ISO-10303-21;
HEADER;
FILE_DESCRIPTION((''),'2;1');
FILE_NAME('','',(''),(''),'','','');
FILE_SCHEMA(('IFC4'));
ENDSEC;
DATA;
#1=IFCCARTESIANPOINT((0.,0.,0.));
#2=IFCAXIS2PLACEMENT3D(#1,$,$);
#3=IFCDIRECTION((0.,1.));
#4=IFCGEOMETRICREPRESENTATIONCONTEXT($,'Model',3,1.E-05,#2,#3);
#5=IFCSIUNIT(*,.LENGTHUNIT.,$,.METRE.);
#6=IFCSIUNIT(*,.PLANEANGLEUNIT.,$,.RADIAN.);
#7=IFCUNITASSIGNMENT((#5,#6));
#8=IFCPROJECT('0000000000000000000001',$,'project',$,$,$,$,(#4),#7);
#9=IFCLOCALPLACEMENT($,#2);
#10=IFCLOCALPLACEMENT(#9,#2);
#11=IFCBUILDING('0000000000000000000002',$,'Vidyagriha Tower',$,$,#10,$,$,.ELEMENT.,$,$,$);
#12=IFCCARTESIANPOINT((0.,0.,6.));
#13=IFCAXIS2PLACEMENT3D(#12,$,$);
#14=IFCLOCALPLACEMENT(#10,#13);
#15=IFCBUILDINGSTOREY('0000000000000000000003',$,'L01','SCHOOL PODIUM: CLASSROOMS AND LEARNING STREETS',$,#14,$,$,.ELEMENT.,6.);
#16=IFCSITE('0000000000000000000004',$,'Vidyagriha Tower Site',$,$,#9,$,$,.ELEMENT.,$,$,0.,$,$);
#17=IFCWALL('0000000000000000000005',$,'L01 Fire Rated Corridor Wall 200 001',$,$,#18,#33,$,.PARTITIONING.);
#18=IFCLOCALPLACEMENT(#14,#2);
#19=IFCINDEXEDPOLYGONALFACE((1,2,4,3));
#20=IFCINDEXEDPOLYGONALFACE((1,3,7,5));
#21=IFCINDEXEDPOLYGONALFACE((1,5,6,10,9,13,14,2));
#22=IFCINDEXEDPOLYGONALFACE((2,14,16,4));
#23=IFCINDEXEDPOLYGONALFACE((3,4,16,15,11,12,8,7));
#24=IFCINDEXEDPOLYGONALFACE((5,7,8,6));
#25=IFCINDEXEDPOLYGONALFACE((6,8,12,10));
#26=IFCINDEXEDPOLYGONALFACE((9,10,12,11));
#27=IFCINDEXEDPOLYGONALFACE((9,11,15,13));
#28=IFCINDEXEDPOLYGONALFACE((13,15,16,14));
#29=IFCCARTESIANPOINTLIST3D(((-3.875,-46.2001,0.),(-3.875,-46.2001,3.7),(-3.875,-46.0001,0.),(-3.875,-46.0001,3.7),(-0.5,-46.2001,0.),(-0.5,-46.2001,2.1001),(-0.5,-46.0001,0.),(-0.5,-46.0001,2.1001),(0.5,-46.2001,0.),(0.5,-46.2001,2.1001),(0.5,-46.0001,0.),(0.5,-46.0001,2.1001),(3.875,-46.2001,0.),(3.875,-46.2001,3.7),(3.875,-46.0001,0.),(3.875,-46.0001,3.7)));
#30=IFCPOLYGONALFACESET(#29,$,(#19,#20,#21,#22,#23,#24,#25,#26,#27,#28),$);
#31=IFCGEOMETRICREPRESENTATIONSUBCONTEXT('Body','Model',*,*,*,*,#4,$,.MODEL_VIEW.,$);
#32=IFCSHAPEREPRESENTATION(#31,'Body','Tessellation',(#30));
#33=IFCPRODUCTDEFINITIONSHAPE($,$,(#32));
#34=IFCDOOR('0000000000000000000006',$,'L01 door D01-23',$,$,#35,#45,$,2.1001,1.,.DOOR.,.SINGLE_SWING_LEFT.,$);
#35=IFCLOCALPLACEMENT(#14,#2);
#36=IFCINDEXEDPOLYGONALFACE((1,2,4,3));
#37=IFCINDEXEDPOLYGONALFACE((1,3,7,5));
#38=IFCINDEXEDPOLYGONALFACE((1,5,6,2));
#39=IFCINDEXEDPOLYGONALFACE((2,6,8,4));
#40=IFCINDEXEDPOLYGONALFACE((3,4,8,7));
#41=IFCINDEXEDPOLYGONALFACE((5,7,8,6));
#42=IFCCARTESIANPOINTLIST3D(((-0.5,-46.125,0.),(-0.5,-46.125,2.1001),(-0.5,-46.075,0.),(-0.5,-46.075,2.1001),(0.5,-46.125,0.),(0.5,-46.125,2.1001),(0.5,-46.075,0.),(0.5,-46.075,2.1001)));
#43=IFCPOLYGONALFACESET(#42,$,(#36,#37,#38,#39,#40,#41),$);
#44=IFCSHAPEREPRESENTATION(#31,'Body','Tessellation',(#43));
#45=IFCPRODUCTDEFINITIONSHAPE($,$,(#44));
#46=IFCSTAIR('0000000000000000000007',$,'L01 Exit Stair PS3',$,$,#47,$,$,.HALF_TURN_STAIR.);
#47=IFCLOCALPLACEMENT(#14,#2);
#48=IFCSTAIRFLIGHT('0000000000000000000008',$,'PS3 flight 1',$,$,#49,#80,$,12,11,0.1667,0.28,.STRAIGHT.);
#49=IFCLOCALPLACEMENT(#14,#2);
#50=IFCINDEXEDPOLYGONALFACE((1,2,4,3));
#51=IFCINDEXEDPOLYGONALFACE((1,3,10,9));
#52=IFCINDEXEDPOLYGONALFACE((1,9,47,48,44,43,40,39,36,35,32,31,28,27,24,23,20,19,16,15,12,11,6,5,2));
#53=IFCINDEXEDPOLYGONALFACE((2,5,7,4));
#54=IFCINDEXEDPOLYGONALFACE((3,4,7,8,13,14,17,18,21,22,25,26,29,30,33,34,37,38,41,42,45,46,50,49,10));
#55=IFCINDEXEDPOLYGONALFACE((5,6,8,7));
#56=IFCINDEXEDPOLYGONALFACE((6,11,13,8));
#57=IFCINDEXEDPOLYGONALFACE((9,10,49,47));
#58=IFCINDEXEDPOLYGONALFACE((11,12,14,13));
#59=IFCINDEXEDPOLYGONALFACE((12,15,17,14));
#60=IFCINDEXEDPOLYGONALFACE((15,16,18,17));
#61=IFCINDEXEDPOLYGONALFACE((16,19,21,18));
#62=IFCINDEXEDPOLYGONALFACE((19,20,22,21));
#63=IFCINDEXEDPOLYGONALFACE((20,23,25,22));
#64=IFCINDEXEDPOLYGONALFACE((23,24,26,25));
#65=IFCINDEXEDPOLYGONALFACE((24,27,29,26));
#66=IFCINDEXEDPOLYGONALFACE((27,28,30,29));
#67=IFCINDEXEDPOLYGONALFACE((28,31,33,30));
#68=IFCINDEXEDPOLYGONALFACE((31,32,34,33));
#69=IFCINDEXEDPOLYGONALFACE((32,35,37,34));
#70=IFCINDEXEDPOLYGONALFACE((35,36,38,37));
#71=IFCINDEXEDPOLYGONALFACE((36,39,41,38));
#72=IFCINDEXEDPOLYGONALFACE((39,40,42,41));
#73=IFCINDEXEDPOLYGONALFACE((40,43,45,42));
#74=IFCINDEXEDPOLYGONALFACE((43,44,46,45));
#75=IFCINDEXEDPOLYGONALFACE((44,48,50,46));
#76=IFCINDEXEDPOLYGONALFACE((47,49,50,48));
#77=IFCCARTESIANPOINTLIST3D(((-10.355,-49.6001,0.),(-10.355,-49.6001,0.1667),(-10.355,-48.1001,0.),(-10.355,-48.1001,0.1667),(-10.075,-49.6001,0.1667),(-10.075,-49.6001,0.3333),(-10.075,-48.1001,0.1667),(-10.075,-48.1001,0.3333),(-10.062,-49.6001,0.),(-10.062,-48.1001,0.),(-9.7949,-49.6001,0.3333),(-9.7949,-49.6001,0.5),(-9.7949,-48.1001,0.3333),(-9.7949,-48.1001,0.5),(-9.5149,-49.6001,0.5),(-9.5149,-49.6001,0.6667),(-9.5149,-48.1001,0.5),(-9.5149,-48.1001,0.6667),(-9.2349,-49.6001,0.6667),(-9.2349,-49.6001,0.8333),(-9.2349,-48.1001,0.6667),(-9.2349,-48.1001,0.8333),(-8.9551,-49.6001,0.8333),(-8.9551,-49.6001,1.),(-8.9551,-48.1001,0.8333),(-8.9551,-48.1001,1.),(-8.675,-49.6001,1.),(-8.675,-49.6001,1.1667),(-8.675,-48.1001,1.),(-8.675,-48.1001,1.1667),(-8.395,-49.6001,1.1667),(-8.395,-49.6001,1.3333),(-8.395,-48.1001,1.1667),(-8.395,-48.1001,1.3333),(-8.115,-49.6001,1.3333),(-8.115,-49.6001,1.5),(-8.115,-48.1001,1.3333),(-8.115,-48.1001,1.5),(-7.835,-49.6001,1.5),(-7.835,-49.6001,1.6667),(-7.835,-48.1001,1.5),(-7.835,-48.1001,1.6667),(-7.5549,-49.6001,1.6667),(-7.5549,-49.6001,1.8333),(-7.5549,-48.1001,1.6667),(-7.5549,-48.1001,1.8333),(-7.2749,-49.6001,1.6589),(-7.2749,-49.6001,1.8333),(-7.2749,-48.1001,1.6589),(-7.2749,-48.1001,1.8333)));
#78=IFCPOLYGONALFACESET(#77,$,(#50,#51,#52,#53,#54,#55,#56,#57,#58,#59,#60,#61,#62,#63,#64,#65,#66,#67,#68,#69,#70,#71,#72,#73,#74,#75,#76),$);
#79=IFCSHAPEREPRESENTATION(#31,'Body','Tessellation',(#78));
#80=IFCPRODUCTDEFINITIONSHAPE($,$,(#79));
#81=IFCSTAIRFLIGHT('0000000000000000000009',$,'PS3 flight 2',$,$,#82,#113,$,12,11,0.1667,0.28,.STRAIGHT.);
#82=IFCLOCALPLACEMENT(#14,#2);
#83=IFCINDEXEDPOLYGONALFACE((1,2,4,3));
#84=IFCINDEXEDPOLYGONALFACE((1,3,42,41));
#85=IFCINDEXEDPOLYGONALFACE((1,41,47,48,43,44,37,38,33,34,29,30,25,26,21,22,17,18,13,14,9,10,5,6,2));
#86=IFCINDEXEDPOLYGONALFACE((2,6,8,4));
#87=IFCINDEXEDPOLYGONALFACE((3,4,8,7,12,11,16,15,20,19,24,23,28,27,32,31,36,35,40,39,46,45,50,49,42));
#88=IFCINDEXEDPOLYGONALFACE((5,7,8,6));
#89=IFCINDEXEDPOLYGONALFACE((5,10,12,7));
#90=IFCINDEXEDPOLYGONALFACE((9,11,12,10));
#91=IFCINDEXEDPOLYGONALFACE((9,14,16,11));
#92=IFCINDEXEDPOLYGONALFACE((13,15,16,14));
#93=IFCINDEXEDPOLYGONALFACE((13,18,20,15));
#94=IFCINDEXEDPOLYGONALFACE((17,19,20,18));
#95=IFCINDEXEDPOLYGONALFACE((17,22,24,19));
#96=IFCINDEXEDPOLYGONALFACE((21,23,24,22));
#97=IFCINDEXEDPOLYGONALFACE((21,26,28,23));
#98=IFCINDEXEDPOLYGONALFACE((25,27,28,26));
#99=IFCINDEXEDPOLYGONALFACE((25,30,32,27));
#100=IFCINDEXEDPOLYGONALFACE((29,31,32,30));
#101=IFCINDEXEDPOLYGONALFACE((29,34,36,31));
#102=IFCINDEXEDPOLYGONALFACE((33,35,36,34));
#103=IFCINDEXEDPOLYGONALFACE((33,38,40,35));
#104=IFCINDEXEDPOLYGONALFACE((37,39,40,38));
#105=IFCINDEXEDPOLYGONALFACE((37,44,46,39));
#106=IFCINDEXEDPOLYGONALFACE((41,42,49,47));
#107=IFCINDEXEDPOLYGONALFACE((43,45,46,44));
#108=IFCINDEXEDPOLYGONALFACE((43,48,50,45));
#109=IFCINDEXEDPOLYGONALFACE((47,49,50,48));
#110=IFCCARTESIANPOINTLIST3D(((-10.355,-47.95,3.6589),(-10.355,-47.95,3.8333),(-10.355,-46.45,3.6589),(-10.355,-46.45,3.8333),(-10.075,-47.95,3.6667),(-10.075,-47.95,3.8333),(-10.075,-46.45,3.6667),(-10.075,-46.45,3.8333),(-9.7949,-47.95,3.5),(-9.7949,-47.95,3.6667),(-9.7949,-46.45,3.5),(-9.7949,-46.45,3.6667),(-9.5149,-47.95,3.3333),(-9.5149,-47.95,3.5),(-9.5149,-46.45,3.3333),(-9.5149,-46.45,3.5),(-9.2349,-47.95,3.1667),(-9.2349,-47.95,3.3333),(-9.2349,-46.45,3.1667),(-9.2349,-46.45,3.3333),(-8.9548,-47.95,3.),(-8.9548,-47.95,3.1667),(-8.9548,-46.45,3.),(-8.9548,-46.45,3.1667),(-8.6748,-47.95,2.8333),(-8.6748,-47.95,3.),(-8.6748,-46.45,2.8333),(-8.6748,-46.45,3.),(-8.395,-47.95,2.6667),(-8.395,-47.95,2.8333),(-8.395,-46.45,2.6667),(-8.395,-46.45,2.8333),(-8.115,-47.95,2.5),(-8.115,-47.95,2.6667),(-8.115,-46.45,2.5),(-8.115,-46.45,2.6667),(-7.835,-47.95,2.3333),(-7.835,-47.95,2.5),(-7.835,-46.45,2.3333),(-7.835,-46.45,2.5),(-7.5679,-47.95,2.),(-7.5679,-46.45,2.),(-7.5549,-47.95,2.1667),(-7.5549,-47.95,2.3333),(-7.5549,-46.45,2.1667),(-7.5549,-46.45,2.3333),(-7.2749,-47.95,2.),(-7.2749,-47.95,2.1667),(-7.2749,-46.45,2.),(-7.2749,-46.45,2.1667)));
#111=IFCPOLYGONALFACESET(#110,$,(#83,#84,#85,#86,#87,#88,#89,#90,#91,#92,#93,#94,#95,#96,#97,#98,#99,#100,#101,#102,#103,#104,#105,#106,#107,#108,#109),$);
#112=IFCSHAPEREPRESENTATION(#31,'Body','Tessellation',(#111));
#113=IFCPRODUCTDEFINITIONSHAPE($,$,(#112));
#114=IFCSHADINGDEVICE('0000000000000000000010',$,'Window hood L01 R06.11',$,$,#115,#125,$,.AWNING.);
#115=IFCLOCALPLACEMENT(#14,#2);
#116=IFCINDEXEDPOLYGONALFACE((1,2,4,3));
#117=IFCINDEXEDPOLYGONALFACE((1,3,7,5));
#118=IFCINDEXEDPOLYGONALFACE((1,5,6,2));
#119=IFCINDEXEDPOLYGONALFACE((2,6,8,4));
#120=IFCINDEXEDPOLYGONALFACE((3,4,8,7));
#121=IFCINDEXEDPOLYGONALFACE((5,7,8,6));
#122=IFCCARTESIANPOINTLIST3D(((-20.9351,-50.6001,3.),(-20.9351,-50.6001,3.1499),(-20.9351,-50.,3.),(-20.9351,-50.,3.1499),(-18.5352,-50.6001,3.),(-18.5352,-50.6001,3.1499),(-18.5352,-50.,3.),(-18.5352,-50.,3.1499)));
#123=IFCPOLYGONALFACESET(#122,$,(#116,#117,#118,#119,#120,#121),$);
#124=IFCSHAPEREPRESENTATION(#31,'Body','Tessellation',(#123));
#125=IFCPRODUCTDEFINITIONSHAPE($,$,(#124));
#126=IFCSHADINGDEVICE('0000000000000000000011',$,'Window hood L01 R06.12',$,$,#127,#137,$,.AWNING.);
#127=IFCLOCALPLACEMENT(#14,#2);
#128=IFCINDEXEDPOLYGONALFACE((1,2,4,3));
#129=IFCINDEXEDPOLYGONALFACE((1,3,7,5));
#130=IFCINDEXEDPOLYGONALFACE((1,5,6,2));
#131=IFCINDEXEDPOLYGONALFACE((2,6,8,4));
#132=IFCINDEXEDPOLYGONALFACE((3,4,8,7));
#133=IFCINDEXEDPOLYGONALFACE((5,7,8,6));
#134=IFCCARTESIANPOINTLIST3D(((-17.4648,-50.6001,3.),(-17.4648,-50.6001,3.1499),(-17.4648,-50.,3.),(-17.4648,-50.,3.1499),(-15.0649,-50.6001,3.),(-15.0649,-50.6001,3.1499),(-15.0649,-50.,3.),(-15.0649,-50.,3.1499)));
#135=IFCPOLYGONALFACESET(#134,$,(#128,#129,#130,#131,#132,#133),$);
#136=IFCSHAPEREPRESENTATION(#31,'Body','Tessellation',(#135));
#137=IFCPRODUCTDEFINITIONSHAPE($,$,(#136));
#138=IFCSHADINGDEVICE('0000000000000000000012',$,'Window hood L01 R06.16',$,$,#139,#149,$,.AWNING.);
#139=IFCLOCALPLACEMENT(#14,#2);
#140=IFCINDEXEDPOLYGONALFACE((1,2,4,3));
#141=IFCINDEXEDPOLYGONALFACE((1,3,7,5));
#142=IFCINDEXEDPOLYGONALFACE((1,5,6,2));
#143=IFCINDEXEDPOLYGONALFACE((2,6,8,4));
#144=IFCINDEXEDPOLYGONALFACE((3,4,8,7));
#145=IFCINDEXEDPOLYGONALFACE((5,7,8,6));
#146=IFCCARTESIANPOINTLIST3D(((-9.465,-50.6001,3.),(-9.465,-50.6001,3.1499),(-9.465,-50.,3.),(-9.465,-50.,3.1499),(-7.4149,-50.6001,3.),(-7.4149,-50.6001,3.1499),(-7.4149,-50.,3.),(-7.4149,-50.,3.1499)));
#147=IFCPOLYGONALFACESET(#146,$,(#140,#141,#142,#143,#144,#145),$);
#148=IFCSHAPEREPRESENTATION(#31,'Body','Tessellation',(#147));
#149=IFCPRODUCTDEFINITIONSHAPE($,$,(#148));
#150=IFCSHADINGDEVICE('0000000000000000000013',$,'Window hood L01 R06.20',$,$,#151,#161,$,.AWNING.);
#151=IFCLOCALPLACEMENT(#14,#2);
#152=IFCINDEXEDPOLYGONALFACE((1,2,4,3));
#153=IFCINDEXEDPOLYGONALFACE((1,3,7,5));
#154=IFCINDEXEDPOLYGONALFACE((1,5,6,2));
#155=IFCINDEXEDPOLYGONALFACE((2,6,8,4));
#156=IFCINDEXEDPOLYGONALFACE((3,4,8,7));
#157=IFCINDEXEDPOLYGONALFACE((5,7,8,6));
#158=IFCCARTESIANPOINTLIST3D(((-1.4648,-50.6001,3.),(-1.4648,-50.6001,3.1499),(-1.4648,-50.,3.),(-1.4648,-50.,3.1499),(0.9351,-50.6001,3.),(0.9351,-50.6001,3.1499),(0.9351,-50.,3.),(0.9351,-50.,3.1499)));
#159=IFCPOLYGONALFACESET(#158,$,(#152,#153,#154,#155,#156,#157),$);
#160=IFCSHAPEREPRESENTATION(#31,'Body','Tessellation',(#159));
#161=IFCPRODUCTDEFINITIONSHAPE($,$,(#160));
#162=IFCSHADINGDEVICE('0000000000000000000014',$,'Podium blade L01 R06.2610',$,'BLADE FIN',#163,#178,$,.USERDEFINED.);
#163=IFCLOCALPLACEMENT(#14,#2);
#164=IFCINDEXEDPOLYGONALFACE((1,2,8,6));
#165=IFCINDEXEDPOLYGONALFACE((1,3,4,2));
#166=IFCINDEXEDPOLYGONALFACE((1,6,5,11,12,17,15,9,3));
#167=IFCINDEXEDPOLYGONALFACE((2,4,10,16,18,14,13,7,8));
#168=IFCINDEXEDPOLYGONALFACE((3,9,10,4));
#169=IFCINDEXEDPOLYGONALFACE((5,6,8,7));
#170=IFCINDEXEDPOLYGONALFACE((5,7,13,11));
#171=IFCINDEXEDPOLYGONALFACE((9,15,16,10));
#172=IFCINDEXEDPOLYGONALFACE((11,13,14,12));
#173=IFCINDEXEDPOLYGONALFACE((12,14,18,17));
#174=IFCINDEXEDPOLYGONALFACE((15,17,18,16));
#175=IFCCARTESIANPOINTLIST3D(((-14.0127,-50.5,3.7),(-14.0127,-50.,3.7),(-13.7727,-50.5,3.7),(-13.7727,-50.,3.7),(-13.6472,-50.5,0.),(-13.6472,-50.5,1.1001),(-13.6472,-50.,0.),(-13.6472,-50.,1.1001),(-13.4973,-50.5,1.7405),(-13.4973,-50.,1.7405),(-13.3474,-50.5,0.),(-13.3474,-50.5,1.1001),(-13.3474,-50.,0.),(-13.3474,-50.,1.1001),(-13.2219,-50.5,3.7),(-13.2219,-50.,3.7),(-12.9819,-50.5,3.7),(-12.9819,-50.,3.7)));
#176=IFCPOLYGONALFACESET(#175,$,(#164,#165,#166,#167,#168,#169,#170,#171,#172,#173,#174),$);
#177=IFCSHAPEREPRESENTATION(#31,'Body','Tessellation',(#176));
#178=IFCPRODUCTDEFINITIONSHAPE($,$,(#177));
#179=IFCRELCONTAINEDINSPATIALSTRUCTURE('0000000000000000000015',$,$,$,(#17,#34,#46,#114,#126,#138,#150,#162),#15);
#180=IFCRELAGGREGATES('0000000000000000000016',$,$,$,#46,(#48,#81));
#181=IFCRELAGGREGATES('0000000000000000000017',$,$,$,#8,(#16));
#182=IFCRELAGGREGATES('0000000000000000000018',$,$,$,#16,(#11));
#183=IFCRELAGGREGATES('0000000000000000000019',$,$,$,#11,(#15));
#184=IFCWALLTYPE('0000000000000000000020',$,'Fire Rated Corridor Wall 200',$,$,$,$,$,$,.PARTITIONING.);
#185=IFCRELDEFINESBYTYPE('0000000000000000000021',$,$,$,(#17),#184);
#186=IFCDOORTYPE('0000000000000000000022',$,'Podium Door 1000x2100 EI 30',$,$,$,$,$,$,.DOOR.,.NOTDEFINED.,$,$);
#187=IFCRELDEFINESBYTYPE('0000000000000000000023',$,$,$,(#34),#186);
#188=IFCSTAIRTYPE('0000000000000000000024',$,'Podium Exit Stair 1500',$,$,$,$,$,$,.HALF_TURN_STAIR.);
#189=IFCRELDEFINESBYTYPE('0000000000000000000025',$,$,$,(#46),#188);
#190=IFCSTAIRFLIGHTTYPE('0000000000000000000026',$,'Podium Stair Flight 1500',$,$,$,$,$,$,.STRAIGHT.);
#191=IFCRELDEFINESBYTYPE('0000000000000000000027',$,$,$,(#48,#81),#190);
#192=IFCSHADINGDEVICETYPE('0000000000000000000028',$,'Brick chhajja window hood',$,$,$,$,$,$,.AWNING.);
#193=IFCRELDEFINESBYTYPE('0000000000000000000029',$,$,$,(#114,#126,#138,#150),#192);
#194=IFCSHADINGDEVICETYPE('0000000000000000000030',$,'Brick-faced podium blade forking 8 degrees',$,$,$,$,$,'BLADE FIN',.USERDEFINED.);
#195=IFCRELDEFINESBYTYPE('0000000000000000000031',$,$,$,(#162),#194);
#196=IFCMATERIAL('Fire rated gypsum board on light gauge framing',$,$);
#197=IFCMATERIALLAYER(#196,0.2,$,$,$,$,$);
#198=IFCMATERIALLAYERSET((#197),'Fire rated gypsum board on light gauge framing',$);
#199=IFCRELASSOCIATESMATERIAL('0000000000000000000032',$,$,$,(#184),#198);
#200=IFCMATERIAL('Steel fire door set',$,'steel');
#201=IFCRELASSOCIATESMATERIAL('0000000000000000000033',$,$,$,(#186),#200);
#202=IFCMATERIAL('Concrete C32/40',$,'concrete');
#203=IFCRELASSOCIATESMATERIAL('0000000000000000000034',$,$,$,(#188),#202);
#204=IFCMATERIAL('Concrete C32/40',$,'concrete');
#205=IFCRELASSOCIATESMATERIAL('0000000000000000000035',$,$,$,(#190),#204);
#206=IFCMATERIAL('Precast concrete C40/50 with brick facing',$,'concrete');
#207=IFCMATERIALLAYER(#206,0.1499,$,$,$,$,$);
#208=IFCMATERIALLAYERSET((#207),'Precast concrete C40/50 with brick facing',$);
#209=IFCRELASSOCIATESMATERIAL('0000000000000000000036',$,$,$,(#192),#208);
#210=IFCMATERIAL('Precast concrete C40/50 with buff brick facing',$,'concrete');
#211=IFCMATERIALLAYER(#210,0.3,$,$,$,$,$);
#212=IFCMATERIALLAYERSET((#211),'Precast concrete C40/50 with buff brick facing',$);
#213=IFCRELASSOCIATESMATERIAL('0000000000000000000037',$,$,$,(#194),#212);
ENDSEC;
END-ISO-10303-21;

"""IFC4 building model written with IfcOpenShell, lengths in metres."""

from ifc_helpers import new_model, si_unit, direction, frame, frame_2d, origin, origin_2d, place, context, subcontext, project, spatial, polyline, rectangle, outline, extrude, material, layer, layer_set, type_object, element, fill, aggregate, save


model = new_model("IFC4")

# Units and contexts
model_context = context("Model", 3, precision=1e-05, world=origin(), true_north=direction((0.0, 1.0)))
body_context = subcontext(model_context, "Body", "Model", "MODEL_VIEW")
ifc_project = project(units=[si_unit("LENGTHUNIT", "METRE"), si_unit("PLANEANGLEUNIT", "RADIAN")], contexts=[model_context])

# Site, building, storey
site_placement = place(None, origin())
site = spatial("IfcSite", under=ifc_project, at=site_placement, Name="Vidyagriha Tower Site", CompositionType="ELEMENT", RefElevation=0.0)
building_placement = place(site_placement, origin())
building = spatial("IfcBuilding", under=site, at=building_placement, Name="Vidyagriha Tower", CompositionType="ELEMENT")
storey_placement = place(building_placement, frame((0.0, 0.0, 6.0)))
storey = spatial("IfcBuildingStorey", under=building, at=storey_placement, Name="L01", Description="SCHOOL PODIUM: CLASSROOMS AND LEARNING STREETS", CompositionType="ELEMENT", Elevation=6.0)

# Wall, opening, door
ifc_material_1 = material(Name="Fire rated gypsum board on light gauge framing")
ifc_layer_1 = layer(ifc_material_1, 0.2)
ifc_layer_set_1 = layer_set([ifc_layer_1], Name="Fire rated gypsum board on light gauge framing")
wall_type_1 = type_object("IfcWallType", Name="Fire Rated Corridor Wall 200", PredefinedType="PARTITIONING", material=ifc_layer_set_1)
wall_1_placement = place(storey_placement, frame((-3.875, -46.1001, 0.0)))
wall_1 = element("IfcWall", 1, at=wall_1_placement, inside=storey, type_object=wall_type_1, Name="L01 Fire Rated Corridor Wall 200 001", PredefinedType="PARTITIONING", context=body_context, shape_type="SweptSolid", body=[
    extrude(rectangle(XDim=7.75, YDim=0.2, at=frame_2d((3.875, 0.0))), origin(), (0.0, 0.0, 1.0), 3.7),
])
opening_1_placement = place(wall_1_placement, frame((3.375, 0.0, 0.0)))
opening_1 = element("IfcOpeningElement", 2, at=opening_1_placement, cuts=wall_1, PredefinedType="OPENING", context=body_context, shape_type="SweptSolid", body=[
    extrude(rectangle(XDim=1.0, YDim=2.1001, at=frame_2d((0.5, 1.05))), frame((0.0, 0.1099, 0.0), z_axis=(0.0, -1.0, 0.0), x_axis=(1.0, 0.0, 0.0)), (0.0, 0.0, 1.0), 0.22),
])
ifc_material_2 = material(Name="Steel fire door set", Category="steel")
door_type_1 = type_object("IfcDoorType", Name="Podium Door 1000x2100 EI 30", OperationType="NOTDEFINED", PredefinedType="DOOR", material=ifc_material_2)
door_1_placement = place(opening_1_placement, frame((1.0, 0.0, 0.0), z_axis=(0.0, 0.0, 1.0), x_axis=(-1.0, 0.0, 0.0)))
door_1 = element("IfcDoor", 3, at=door_1_placement, inside=storey, type_object=door_type_1, Name="L01 door D01-23", OperationType="SINGLE_SWING_LEFT", OverallHeight=2.1001, OverallWidth=1.0, PredefinedType="DOOR", context=body_context, shape_type="SweptSolid", body=[
    extrude(rectangle(XDim=1.0, YDim=2.1001, at=frame_2d((0.5, 1.05))), frame((0.0, 0.0249, 0.0), z_axis=(0.0, -1.0, 0.0), x_axis=(1.0, 0.0, 0.0)), (0.0, 0.0, 1.0), 0.05),
])
fill(opening_1, door_1)

# Stair, stair flights
ifc_material_3 = material(Name="Concrete C32/40", Category="concrete")
stair_type = type_object("IfcStairType", Name="Podium Exit Stair 1500", PredefinedType="HALF_TURN_STAIR", material=ifc_material_3)
stair_placement = place(storey_placement, origin())
stair = element("IfcStair", 4, at=stair_placement, inside=storey, type_object=stair_type, Name="L01 Exit Stair PS3", PredefinedType="HALF_TURN_STAIR")
ifc_material_4 = material(Name="Concrete C32/40", Category="concrete")
stair_flight_type = type_object("IfcStairFlightType", Name="Podium Stair Flight 1500", PredefinedType="STRAIGHT", material=ifc_material_4)
stair_flight_1_placement = place(storey_placement, frame((-10.355, -48.8501, 0.0)))
stair_flight_1 = element("IfcStairFlight", 5, at=stair_flight_1_placement, type_object=stair_flight_type, Name="PS3 flight 1", NumberOfRisers=12, NumberOfTreads=11, PredefinedType="STRAIGHT", RiserHeight=0.1667, TreadLength=0.28, context=body_context, shape_type="SweptSolid", body=[
    extrude(outline(polyline([(0.0, 0.0), (0.0, 0.1667), (0.28, 0.1667), (0.28, 0.3333), (0.5601, 0.3333), (0.5601, 0.5), (0.8401, 0.5), (0.8401, 0.6667), (1.1201, 0.6667), (1.1201, 0.8333), (1.3999, 0.8333), (1.3999, 1.0), (1.6799, 1.0), (1.6799, 1.1667), (1.96, 1.1667), (1.96, 1.3333), (2.24, 1.3333), (2.24, 1.5), (2.52, 1.5), (2.52, 1.6667), (2.8, 1.6667), (2.8, 1.8333), (3.0801, 1.8333), (3.0801, 2.0), (3.0801, 1.6589), (0.293, 0.0), (0.0, 0.0)])), frame((0.0, 0.75, 0.0), z_axis=(0.0, -1.0, 0.0), x_axis=(1.0, 0.0, 0.0)), (0.0, 0.0, 1.0), 1.5),
])
stair_flight_2_placement = place(storey_placement, frame((-7.2749, -47.2, 2.0), z_axis=(0.0, 0.0, 1.0), x_axis=(-1.0, 0.0, 0.0)))
stair_flight_2 = element("IfcStairFlight", 6, at=stair_flight_2_placement, type_object=stair_flight_type, Name="PS3 flight 2", NumberOfRisers=12, NumberOfTreads=11, PredefinedType="STRAIGHT", RiserHeight=0.1667, TreadLength=0.28, context=body_context, shape_type="SweptSolid", body=[
    extrude(outline(polyline([(0.0, 0.0), (0.0, 0.1667), (0.28, 0.1667), (0.28, 0.3333), (0.5601, 0.3333), (0.5601, 0.5), (0.8401, 0.5), (0.8401, 0.6667), (1.1201, 0.6667), (1.1201, 0.8333), (1.3999, 0.8333), (1.3999, 1.0), (1.6799, 1.0), (1.6799, 1.1667), (1.96, 1.1667), (1.96, 1.3333), (2.24, 1.3333), (2.24, 1.5), (2.52, 1.5), (2.52, 1.6667), (2.8, 1.6667), (2.8, 1.8333), (3.0801, 1.8333), (3.0801, 2.0), (3.0801, 1.6589), (0.293, 0.0), (0.0, 0.0)])), frame((0.0, 0.75, 0.0), z_axis=(0.0, -1.0, 0.0), x_axis=(1.0, 0.0, 0.0)), (0.0, 0.0, 1.0), 1.5),
])
aggregate(stair, [stair_flight_1, stair_flight_2])

# Shading devices
ifc_material_5 = material(Name="Precast concrete C40/50 with brick facing", Category="concrete")
ifc_layer_2 = layer(ifc_material_5, 0.1499)
ifc_layer_set_2 = layer_set([ifc_layer_2], Name="Precast concrete C40/50 with brick facing")
shading_device_type_1 = type_object("IfcShadingDeviceType", Name="Brick chhajja window hood", PredefinedType="AWNING", material=ifc_layer_set_2)
for number, where, name in (
    (7, (-19.7351, -50.3, 3.0), "Window hood L01 R06.11"),
    (8, (-16.2649, -50.3, 3.0), "Window hood L01 R06.12"),
):
    element("IfcShadingDevice", number, at=place(storey_placement, frame(where)), inside=storey, type_object=shading_device_type_1, Name=name, PredefinedType="AWNING", context=body_context, shape_type="SweptSolid", body=[
        extrude(rectangle(XDim=2.3999, YDim=0.6001, at=origin_2d()), origin(), (0.0, 0.0, 1.0), 0.1499),
    ])
shading_device_1_placement = place(storey_placement, frame((-8.4399, -50.3, 3.0)))
element("IfcShadingDevice", 9, at=shading_device_1_placement, inside=storey, type_object=shading_device_type_1, Name="Window hood L01 R06.16", PredefinedType="AWNING", context=body_context, shape_type="SweptSolid", body=[
    extrude(rectangle(XDim=2.05, YDim=0.6001, at=origin_2d()), origin(), (0.0, 0.0, 1.0), 0.1499),
])
shading_device_2_placement = place(storey_placement, frame((-0.2649, -50.3, 3.0)))
element("IfcShadingDevice", 10, at=shading_device_2_placement, inside=storey, type_object=shading_device_type_1, Name="Window hood L01 R06.20", PredefinedType="AWNING", context=body_context, shape_type="SweptSolid", body=[
    extrude(rectangle(XDim=2.3999, YDim=0.6001, at=origin_2d()), origin(), (0.0, 0.0, 1.0), 0.1499),
])
ifc_material_6 = material(Name="Precast concrete C40/50 with buff brick facing", Category="concrete")
ifc_layer_3 = layer(ifc_material_6, 0.3)
ifc_layer_set_3 = layer_set([ifc_layer_3], Name="Precast concrete C40/50 with buff brick facing")
shading_device_type_2 = type_object("IfcShadingDeviceType", Name="Brick-faced podium blade forking 8 degrees", ElementType="BLADE FIN", PredefinedType="USERDEFINED", material=ifc_layer_set_3)
for number, where, name in (
    (11, (-14.0127, -50.25, 0.0), "Podium blade L01 R06.2610"),
):
    element("IfcShadingDevice", number, at=place(storey_placement, frame(where)), inside=storey, type_object=shading_device_type_2, Name=name, ObjectType="BLADE FIN", PredefinedType="USERDEFINED", context=body_context, shape_type="SweptSolid", body=[
        extrude(outline(polyline([(0.6653, 0.0), (0.6653, 1.1001), (1.0308, 3.7), (0.7908, 3.7), (0.5154, 1.7405), (0.24, 3.7), (0.0, 3.7), (0.3655, 1.1001), (0.3655, 0.0), (0.6653, 0.0)])), frame((0.0, 0.25, 0.0), z_axis=(0.0, -1.0, 0.0), x_axis=(1.0, 0.0, 0.0)), (0.0, 0.0, 1.0), 0.5),
    ])

save(model, "model.ifc")
